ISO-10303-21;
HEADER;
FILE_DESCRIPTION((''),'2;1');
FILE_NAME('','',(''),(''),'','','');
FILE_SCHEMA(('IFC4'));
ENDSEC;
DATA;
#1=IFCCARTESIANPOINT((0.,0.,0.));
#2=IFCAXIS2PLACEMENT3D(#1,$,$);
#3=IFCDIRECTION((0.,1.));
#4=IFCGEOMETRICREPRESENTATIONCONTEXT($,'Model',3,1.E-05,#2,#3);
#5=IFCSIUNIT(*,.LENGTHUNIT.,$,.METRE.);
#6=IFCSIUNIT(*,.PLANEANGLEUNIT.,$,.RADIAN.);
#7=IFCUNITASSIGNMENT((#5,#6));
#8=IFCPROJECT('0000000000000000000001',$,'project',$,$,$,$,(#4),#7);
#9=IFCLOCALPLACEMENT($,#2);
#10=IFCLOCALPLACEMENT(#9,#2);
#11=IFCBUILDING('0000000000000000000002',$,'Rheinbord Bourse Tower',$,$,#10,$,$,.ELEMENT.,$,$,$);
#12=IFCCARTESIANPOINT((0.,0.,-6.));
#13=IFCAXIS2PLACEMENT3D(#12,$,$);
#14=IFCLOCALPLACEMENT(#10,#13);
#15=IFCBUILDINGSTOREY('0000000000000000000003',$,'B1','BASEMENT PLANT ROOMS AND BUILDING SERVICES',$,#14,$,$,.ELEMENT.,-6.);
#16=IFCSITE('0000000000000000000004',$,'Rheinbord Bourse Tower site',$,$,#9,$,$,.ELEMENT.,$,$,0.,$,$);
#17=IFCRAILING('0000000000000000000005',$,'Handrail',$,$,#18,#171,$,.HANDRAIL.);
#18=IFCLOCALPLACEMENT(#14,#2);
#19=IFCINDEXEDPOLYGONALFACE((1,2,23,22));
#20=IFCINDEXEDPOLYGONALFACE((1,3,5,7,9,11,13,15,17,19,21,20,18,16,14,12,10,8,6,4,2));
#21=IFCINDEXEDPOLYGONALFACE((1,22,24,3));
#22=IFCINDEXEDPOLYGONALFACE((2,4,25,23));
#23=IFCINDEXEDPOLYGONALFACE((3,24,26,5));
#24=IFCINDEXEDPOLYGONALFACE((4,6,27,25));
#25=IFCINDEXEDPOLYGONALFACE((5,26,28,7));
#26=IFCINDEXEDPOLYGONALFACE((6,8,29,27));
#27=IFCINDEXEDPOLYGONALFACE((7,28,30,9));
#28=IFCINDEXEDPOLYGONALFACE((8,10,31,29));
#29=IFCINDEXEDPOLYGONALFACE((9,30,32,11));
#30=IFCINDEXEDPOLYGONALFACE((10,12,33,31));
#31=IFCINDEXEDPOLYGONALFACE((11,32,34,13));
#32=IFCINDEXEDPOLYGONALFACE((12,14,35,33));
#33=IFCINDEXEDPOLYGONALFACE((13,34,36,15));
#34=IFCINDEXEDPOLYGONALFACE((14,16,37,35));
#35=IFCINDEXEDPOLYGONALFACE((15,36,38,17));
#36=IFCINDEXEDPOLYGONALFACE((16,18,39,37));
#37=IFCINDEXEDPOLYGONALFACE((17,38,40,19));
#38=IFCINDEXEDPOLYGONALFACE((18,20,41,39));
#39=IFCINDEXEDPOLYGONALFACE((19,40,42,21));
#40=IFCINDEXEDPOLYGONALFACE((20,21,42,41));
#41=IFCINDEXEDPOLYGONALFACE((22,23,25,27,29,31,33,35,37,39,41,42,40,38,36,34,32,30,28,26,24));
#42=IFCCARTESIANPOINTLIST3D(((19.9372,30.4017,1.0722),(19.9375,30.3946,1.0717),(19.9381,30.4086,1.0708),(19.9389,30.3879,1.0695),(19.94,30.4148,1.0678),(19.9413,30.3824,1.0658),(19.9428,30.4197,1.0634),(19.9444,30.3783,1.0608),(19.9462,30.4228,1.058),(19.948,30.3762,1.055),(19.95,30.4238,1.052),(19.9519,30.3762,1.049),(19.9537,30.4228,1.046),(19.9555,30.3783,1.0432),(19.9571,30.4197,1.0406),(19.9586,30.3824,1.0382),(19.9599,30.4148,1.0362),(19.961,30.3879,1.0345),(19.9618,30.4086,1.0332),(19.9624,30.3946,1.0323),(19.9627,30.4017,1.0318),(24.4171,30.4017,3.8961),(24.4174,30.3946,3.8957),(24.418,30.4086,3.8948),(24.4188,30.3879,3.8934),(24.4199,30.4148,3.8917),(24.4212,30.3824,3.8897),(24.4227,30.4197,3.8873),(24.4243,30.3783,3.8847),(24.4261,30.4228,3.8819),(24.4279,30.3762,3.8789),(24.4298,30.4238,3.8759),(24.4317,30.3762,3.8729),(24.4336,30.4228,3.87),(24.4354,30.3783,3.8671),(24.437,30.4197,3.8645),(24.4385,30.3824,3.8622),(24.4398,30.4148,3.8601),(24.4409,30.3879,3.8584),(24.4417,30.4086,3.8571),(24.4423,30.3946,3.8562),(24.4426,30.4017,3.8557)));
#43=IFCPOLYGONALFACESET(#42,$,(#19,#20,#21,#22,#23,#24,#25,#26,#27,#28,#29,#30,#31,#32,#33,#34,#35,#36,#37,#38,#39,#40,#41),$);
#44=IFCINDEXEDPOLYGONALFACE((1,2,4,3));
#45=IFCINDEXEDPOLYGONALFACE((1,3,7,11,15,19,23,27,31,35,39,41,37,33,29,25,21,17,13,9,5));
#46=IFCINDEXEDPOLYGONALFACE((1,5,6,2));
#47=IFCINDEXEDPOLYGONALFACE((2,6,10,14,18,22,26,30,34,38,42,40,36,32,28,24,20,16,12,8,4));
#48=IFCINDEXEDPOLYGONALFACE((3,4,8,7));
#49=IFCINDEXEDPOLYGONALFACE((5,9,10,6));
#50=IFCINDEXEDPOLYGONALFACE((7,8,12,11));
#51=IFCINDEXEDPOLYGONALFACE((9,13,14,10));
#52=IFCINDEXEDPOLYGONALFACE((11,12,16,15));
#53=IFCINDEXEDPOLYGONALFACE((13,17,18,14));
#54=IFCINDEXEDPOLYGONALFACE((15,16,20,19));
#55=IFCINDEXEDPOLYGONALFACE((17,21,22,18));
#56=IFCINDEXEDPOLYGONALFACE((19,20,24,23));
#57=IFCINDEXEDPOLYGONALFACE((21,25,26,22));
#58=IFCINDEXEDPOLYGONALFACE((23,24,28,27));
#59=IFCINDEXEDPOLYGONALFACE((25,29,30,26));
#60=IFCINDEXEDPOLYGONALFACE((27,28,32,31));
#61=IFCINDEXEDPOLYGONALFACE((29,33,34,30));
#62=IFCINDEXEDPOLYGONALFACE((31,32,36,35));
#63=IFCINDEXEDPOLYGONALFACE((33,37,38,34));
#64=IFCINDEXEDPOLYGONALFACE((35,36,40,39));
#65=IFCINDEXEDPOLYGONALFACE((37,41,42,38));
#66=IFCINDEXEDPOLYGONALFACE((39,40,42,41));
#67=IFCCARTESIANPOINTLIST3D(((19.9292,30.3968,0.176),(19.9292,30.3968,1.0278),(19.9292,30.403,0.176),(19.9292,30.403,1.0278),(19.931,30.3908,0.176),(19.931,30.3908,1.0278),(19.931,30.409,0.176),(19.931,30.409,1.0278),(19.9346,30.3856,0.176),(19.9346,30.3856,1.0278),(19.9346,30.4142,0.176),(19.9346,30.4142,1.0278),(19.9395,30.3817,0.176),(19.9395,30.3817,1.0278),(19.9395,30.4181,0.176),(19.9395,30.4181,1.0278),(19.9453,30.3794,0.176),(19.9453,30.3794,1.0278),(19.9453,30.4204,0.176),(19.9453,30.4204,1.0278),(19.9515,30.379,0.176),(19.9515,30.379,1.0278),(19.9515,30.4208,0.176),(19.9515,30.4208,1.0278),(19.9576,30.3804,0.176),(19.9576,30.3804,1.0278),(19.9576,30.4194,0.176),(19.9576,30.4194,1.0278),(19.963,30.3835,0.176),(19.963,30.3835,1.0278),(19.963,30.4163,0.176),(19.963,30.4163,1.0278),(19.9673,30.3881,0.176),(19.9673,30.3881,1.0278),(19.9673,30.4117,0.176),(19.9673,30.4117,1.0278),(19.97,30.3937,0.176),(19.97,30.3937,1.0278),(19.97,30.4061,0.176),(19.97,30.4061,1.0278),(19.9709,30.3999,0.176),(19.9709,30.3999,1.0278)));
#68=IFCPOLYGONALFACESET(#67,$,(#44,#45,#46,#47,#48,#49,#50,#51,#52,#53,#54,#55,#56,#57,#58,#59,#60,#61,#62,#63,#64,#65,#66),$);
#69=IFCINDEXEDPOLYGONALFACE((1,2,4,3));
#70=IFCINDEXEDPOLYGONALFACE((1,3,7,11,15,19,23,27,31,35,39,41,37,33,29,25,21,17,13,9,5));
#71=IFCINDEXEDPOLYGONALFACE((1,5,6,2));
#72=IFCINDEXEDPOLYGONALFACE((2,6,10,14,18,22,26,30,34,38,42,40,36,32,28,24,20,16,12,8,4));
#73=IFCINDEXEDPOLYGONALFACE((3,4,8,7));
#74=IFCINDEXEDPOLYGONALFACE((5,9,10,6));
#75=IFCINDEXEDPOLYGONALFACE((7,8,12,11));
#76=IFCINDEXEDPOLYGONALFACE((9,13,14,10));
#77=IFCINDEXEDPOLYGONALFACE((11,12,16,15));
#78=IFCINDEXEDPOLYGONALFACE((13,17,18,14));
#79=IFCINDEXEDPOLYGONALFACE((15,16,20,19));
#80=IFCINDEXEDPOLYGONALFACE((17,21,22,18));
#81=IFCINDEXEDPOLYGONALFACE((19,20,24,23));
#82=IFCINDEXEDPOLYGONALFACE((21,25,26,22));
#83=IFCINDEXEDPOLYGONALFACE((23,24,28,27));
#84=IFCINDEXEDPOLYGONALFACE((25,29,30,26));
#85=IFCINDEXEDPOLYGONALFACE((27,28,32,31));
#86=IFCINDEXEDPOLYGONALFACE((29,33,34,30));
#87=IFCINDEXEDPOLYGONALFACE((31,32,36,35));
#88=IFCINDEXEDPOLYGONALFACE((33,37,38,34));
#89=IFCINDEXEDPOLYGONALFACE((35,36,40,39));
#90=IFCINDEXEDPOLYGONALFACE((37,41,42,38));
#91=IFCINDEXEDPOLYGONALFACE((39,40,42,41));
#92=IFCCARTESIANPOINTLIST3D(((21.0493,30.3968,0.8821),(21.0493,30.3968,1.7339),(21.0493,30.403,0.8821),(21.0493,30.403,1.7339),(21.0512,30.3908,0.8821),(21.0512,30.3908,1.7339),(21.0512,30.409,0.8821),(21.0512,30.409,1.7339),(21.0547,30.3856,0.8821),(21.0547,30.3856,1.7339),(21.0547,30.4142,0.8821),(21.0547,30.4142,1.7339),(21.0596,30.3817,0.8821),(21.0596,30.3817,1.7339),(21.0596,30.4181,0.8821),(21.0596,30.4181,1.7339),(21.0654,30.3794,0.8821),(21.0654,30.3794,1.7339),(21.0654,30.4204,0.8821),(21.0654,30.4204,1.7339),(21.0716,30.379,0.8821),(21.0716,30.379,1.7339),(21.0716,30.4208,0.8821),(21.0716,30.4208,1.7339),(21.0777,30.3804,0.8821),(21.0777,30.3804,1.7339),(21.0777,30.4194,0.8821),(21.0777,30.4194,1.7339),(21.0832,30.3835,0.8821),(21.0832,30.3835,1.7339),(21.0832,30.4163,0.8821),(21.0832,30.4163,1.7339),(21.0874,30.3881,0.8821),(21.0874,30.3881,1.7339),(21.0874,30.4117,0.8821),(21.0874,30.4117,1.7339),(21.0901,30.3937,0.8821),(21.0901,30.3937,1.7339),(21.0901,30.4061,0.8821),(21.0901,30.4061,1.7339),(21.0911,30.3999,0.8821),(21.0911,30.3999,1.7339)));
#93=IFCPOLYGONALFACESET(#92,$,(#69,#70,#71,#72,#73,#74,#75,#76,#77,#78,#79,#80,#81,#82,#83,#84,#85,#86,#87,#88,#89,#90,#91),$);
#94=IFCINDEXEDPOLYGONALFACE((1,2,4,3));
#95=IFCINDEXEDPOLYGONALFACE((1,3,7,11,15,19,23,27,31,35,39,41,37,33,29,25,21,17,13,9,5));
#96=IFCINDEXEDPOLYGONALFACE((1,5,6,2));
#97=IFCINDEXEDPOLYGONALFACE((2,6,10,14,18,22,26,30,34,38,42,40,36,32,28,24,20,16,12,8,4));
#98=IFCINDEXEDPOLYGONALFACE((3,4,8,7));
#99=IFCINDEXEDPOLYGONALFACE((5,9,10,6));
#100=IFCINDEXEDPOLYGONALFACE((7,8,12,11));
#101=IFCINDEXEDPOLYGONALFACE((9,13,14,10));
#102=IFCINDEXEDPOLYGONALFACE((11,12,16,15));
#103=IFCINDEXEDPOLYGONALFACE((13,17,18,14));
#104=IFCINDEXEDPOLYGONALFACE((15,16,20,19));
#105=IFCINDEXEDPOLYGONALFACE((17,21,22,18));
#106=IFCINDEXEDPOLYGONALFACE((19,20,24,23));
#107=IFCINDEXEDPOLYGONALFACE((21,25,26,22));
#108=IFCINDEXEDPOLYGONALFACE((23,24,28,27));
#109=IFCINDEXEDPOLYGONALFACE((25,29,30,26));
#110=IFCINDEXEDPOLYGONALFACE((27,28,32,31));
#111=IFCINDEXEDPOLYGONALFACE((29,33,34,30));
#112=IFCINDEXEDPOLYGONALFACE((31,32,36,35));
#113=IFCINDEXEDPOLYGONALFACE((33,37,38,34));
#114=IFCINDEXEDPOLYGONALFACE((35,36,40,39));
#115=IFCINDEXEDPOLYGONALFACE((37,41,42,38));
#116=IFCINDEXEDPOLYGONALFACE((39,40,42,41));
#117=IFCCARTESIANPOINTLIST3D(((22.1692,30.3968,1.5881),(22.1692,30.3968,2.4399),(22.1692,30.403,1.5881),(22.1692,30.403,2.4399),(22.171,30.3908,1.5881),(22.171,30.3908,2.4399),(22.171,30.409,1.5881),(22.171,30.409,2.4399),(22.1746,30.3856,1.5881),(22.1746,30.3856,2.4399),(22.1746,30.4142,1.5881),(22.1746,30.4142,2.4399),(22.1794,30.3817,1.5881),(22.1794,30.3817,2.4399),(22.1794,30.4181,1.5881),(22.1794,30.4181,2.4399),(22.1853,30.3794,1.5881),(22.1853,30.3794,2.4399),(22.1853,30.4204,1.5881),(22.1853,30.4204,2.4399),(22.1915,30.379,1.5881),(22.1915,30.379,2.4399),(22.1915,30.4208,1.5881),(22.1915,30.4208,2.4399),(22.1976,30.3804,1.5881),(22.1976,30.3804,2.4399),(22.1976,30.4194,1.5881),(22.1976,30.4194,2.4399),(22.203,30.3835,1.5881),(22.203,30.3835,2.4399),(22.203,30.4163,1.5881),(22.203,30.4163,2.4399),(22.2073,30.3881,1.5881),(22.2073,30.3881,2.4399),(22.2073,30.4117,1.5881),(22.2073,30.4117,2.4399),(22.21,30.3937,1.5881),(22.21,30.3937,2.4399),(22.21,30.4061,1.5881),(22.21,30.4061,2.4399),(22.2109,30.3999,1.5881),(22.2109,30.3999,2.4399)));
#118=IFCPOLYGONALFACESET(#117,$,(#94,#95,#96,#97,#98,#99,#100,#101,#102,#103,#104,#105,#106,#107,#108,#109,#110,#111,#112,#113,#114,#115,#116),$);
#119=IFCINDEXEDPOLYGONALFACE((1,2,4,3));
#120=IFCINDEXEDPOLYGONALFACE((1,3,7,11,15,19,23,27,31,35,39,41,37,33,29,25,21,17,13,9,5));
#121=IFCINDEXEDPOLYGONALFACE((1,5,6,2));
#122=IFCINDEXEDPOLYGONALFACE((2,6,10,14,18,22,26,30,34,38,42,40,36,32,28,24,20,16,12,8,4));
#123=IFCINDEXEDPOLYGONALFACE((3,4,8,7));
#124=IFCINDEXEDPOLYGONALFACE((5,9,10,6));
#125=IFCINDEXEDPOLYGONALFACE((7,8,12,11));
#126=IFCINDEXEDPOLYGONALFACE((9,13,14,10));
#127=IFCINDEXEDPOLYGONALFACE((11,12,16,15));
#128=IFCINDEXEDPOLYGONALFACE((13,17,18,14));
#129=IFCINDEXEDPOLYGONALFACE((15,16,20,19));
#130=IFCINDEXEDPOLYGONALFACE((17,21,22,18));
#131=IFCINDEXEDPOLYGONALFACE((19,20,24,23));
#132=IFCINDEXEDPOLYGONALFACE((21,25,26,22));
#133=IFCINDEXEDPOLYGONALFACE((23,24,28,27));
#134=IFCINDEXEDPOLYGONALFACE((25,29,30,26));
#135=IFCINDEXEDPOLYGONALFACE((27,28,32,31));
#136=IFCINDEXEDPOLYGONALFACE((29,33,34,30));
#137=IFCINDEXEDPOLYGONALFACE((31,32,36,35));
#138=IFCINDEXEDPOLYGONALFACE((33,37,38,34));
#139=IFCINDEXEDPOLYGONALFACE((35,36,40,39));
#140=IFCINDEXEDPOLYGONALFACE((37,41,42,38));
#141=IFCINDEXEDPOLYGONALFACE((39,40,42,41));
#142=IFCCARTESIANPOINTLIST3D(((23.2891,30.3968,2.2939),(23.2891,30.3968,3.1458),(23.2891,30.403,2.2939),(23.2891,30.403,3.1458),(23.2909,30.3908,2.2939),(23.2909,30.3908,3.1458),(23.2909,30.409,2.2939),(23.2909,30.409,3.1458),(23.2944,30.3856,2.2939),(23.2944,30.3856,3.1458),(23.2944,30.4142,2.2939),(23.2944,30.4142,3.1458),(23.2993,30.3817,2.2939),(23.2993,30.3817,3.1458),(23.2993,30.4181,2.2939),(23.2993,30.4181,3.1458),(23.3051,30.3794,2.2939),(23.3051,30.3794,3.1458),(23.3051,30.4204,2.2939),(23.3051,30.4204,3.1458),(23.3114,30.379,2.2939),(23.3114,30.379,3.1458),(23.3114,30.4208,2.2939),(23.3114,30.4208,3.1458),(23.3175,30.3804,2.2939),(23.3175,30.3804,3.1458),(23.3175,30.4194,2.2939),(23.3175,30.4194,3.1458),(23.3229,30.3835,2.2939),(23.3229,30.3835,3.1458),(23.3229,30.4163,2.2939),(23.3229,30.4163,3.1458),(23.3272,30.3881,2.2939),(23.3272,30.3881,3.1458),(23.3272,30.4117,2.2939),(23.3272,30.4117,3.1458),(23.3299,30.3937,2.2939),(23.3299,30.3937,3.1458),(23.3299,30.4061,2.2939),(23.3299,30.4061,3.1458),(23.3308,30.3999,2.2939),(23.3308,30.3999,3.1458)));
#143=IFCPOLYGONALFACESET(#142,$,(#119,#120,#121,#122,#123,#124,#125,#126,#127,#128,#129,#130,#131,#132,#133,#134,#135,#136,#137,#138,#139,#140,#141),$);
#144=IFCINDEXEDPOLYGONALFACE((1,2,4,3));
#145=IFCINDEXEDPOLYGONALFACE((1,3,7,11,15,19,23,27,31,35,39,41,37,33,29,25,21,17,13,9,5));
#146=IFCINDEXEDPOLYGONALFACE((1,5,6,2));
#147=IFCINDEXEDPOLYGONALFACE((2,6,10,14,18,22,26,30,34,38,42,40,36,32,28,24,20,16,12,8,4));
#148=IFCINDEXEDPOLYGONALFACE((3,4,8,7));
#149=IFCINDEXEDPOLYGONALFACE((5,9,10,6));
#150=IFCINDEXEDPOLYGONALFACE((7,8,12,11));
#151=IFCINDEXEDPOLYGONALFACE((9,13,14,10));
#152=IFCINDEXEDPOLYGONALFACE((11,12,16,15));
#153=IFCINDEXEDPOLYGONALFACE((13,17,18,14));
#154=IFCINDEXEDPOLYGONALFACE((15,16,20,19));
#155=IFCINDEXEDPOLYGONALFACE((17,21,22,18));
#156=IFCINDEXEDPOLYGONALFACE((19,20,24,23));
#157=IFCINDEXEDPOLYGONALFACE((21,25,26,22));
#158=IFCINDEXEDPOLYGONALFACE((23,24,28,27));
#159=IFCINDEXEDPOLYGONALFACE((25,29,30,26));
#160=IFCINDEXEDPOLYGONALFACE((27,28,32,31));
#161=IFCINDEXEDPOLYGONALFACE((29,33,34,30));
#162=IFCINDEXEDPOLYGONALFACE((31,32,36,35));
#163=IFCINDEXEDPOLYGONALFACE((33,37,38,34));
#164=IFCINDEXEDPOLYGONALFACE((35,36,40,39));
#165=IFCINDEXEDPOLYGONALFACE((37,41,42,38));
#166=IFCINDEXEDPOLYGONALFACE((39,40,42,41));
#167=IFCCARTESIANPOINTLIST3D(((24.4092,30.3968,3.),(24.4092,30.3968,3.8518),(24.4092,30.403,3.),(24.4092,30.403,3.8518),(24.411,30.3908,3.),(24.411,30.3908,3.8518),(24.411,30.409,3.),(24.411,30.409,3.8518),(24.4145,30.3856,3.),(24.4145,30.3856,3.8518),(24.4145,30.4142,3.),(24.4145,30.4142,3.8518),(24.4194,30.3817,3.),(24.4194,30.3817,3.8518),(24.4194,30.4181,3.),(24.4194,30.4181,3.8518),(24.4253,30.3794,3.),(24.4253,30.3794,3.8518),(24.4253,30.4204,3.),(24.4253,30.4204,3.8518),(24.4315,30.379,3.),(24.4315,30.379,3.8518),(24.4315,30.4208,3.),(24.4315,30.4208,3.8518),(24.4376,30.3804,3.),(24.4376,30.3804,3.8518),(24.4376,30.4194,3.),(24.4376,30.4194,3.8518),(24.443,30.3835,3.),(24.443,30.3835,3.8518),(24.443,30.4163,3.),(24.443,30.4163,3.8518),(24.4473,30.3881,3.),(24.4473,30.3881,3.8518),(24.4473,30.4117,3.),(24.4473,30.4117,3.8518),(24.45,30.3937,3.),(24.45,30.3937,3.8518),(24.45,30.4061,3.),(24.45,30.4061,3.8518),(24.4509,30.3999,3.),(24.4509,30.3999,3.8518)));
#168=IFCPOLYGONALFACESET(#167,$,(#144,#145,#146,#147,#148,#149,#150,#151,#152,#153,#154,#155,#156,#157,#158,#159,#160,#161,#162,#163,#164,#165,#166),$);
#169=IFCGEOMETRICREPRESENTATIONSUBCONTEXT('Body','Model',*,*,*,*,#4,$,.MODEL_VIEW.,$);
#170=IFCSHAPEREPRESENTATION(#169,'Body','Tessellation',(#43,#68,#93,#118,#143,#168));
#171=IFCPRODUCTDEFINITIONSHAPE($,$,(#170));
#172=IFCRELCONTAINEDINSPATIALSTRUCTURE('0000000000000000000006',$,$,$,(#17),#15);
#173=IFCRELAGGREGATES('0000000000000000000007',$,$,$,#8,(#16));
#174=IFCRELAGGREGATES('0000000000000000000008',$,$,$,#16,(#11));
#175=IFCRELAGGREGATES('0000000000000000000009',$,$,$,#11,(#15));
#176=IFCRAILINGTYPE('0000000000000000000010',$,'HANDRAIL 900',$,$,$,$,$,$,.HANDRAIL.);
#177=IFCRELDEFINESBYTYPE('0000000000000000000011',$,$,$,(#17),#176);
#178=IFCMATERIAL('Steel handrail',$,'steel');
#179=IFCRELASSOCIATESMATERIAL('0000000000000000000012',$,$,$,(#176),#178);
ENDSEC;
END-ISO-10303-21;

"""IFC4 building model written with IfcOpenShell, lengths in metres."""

from ifc_helpers import new_model, si_unit, direction, frame, origin, origin_2d, place, context, subcontext, project, spatial, circle, extrude, material, type_object, element, save


model = new_model("IFC4")

# Units and contexts
model_context = context("Model", 3, precision=1e-05, world=origin(), true_north=direction((0.0, 1.0)))
body_context = subcontext(model_context, "Body", "Model", "MODEL_VIEW")
ifc_project = project(units=[si_unit("LENGTHUNIT", "METRE"), si_unit("PLANEANGLEUNIT", "RADIAN")], contexts=[model_context])

# Site, building, storey
site_placement = place(None, origin())
site = spatial("IfcSite", under=ifc_project, at=site_placement, Name="Rheinbord Bourse Tower site", CompositionType="ELEMENT", RefElevation=0.0)
building_placement = place(site_placement, origin())
building = spatial("IfcBuilding", under=site, at=building_placement, Name="Rheinbord Bourse Tower", CompositionType="ELEMENT")
storey_placement = place(building_placement, frame((0.0, 0.0, -6.0)))
storey = spatial("IfcBuildingStorey", under=building, at=storey_placement, Name="B1", Description="BASEMENT PLANT ROOMS AND BUILDING SERVICES", CompositionType="ELEMENT", Elevation=-6.0)

# Railing
ifc_material_1 = material(Name="Steel handrail", Category="steel")
railing_type = type_object("IfcRailingType", Name="HANDRAIL 900", PredefinedType="HANDRAIL", material=ifc_material_1)
railing_1_placement = place(storey_placement, frame((19.95, 30.3999, 0.176)))
element("IfcRailing", 1, at=railing_1_placement, inside=storey, type_object=railing_type, Name="Handrail", PredefinedType="HANDRAIL", context=body_context, shape_type="SweptSolid", body=[
    extrude(circle(Radius=0.0239, at=origin_2d()), frame((0.0, 0.0, 0.876), z_axis=(0.845956, 0.0, 0.533252), x_axis=(0.0, 1.0, 0.0)), (0.0, 0.0, 1.0), 5.2957),
    extrude(circle(Radius=0.021, at=origin_2d()), origin(), (0.0, 0.0, 1.0), 0.8518),
    extrude(circle(Radius=0.021, at=origin_2d()), frame((1.1201, 0.0, 0.7061)), (0.0, 0.0, 1.0), 0.8518),
    extrude(circle(Radius=0.021, at=origin_2d()), frame((2.24, 0.0, 1.4121)), (0.0, 0.0, 1.0), 0.8518),
    extrude(circle(Radius=0.021, at=origin_2d()), frame((3.3599, 0.0, 2.1179)), (0.0, 0.0, 1.0), 0.8518),
    extrude(circle(Radius=0.021, at=origin_2d()), frame((4.48, 0.0, 2.824)), (0.0, 0.0, 1.0), 0.8518),
])

save(model, "model.ifc")
